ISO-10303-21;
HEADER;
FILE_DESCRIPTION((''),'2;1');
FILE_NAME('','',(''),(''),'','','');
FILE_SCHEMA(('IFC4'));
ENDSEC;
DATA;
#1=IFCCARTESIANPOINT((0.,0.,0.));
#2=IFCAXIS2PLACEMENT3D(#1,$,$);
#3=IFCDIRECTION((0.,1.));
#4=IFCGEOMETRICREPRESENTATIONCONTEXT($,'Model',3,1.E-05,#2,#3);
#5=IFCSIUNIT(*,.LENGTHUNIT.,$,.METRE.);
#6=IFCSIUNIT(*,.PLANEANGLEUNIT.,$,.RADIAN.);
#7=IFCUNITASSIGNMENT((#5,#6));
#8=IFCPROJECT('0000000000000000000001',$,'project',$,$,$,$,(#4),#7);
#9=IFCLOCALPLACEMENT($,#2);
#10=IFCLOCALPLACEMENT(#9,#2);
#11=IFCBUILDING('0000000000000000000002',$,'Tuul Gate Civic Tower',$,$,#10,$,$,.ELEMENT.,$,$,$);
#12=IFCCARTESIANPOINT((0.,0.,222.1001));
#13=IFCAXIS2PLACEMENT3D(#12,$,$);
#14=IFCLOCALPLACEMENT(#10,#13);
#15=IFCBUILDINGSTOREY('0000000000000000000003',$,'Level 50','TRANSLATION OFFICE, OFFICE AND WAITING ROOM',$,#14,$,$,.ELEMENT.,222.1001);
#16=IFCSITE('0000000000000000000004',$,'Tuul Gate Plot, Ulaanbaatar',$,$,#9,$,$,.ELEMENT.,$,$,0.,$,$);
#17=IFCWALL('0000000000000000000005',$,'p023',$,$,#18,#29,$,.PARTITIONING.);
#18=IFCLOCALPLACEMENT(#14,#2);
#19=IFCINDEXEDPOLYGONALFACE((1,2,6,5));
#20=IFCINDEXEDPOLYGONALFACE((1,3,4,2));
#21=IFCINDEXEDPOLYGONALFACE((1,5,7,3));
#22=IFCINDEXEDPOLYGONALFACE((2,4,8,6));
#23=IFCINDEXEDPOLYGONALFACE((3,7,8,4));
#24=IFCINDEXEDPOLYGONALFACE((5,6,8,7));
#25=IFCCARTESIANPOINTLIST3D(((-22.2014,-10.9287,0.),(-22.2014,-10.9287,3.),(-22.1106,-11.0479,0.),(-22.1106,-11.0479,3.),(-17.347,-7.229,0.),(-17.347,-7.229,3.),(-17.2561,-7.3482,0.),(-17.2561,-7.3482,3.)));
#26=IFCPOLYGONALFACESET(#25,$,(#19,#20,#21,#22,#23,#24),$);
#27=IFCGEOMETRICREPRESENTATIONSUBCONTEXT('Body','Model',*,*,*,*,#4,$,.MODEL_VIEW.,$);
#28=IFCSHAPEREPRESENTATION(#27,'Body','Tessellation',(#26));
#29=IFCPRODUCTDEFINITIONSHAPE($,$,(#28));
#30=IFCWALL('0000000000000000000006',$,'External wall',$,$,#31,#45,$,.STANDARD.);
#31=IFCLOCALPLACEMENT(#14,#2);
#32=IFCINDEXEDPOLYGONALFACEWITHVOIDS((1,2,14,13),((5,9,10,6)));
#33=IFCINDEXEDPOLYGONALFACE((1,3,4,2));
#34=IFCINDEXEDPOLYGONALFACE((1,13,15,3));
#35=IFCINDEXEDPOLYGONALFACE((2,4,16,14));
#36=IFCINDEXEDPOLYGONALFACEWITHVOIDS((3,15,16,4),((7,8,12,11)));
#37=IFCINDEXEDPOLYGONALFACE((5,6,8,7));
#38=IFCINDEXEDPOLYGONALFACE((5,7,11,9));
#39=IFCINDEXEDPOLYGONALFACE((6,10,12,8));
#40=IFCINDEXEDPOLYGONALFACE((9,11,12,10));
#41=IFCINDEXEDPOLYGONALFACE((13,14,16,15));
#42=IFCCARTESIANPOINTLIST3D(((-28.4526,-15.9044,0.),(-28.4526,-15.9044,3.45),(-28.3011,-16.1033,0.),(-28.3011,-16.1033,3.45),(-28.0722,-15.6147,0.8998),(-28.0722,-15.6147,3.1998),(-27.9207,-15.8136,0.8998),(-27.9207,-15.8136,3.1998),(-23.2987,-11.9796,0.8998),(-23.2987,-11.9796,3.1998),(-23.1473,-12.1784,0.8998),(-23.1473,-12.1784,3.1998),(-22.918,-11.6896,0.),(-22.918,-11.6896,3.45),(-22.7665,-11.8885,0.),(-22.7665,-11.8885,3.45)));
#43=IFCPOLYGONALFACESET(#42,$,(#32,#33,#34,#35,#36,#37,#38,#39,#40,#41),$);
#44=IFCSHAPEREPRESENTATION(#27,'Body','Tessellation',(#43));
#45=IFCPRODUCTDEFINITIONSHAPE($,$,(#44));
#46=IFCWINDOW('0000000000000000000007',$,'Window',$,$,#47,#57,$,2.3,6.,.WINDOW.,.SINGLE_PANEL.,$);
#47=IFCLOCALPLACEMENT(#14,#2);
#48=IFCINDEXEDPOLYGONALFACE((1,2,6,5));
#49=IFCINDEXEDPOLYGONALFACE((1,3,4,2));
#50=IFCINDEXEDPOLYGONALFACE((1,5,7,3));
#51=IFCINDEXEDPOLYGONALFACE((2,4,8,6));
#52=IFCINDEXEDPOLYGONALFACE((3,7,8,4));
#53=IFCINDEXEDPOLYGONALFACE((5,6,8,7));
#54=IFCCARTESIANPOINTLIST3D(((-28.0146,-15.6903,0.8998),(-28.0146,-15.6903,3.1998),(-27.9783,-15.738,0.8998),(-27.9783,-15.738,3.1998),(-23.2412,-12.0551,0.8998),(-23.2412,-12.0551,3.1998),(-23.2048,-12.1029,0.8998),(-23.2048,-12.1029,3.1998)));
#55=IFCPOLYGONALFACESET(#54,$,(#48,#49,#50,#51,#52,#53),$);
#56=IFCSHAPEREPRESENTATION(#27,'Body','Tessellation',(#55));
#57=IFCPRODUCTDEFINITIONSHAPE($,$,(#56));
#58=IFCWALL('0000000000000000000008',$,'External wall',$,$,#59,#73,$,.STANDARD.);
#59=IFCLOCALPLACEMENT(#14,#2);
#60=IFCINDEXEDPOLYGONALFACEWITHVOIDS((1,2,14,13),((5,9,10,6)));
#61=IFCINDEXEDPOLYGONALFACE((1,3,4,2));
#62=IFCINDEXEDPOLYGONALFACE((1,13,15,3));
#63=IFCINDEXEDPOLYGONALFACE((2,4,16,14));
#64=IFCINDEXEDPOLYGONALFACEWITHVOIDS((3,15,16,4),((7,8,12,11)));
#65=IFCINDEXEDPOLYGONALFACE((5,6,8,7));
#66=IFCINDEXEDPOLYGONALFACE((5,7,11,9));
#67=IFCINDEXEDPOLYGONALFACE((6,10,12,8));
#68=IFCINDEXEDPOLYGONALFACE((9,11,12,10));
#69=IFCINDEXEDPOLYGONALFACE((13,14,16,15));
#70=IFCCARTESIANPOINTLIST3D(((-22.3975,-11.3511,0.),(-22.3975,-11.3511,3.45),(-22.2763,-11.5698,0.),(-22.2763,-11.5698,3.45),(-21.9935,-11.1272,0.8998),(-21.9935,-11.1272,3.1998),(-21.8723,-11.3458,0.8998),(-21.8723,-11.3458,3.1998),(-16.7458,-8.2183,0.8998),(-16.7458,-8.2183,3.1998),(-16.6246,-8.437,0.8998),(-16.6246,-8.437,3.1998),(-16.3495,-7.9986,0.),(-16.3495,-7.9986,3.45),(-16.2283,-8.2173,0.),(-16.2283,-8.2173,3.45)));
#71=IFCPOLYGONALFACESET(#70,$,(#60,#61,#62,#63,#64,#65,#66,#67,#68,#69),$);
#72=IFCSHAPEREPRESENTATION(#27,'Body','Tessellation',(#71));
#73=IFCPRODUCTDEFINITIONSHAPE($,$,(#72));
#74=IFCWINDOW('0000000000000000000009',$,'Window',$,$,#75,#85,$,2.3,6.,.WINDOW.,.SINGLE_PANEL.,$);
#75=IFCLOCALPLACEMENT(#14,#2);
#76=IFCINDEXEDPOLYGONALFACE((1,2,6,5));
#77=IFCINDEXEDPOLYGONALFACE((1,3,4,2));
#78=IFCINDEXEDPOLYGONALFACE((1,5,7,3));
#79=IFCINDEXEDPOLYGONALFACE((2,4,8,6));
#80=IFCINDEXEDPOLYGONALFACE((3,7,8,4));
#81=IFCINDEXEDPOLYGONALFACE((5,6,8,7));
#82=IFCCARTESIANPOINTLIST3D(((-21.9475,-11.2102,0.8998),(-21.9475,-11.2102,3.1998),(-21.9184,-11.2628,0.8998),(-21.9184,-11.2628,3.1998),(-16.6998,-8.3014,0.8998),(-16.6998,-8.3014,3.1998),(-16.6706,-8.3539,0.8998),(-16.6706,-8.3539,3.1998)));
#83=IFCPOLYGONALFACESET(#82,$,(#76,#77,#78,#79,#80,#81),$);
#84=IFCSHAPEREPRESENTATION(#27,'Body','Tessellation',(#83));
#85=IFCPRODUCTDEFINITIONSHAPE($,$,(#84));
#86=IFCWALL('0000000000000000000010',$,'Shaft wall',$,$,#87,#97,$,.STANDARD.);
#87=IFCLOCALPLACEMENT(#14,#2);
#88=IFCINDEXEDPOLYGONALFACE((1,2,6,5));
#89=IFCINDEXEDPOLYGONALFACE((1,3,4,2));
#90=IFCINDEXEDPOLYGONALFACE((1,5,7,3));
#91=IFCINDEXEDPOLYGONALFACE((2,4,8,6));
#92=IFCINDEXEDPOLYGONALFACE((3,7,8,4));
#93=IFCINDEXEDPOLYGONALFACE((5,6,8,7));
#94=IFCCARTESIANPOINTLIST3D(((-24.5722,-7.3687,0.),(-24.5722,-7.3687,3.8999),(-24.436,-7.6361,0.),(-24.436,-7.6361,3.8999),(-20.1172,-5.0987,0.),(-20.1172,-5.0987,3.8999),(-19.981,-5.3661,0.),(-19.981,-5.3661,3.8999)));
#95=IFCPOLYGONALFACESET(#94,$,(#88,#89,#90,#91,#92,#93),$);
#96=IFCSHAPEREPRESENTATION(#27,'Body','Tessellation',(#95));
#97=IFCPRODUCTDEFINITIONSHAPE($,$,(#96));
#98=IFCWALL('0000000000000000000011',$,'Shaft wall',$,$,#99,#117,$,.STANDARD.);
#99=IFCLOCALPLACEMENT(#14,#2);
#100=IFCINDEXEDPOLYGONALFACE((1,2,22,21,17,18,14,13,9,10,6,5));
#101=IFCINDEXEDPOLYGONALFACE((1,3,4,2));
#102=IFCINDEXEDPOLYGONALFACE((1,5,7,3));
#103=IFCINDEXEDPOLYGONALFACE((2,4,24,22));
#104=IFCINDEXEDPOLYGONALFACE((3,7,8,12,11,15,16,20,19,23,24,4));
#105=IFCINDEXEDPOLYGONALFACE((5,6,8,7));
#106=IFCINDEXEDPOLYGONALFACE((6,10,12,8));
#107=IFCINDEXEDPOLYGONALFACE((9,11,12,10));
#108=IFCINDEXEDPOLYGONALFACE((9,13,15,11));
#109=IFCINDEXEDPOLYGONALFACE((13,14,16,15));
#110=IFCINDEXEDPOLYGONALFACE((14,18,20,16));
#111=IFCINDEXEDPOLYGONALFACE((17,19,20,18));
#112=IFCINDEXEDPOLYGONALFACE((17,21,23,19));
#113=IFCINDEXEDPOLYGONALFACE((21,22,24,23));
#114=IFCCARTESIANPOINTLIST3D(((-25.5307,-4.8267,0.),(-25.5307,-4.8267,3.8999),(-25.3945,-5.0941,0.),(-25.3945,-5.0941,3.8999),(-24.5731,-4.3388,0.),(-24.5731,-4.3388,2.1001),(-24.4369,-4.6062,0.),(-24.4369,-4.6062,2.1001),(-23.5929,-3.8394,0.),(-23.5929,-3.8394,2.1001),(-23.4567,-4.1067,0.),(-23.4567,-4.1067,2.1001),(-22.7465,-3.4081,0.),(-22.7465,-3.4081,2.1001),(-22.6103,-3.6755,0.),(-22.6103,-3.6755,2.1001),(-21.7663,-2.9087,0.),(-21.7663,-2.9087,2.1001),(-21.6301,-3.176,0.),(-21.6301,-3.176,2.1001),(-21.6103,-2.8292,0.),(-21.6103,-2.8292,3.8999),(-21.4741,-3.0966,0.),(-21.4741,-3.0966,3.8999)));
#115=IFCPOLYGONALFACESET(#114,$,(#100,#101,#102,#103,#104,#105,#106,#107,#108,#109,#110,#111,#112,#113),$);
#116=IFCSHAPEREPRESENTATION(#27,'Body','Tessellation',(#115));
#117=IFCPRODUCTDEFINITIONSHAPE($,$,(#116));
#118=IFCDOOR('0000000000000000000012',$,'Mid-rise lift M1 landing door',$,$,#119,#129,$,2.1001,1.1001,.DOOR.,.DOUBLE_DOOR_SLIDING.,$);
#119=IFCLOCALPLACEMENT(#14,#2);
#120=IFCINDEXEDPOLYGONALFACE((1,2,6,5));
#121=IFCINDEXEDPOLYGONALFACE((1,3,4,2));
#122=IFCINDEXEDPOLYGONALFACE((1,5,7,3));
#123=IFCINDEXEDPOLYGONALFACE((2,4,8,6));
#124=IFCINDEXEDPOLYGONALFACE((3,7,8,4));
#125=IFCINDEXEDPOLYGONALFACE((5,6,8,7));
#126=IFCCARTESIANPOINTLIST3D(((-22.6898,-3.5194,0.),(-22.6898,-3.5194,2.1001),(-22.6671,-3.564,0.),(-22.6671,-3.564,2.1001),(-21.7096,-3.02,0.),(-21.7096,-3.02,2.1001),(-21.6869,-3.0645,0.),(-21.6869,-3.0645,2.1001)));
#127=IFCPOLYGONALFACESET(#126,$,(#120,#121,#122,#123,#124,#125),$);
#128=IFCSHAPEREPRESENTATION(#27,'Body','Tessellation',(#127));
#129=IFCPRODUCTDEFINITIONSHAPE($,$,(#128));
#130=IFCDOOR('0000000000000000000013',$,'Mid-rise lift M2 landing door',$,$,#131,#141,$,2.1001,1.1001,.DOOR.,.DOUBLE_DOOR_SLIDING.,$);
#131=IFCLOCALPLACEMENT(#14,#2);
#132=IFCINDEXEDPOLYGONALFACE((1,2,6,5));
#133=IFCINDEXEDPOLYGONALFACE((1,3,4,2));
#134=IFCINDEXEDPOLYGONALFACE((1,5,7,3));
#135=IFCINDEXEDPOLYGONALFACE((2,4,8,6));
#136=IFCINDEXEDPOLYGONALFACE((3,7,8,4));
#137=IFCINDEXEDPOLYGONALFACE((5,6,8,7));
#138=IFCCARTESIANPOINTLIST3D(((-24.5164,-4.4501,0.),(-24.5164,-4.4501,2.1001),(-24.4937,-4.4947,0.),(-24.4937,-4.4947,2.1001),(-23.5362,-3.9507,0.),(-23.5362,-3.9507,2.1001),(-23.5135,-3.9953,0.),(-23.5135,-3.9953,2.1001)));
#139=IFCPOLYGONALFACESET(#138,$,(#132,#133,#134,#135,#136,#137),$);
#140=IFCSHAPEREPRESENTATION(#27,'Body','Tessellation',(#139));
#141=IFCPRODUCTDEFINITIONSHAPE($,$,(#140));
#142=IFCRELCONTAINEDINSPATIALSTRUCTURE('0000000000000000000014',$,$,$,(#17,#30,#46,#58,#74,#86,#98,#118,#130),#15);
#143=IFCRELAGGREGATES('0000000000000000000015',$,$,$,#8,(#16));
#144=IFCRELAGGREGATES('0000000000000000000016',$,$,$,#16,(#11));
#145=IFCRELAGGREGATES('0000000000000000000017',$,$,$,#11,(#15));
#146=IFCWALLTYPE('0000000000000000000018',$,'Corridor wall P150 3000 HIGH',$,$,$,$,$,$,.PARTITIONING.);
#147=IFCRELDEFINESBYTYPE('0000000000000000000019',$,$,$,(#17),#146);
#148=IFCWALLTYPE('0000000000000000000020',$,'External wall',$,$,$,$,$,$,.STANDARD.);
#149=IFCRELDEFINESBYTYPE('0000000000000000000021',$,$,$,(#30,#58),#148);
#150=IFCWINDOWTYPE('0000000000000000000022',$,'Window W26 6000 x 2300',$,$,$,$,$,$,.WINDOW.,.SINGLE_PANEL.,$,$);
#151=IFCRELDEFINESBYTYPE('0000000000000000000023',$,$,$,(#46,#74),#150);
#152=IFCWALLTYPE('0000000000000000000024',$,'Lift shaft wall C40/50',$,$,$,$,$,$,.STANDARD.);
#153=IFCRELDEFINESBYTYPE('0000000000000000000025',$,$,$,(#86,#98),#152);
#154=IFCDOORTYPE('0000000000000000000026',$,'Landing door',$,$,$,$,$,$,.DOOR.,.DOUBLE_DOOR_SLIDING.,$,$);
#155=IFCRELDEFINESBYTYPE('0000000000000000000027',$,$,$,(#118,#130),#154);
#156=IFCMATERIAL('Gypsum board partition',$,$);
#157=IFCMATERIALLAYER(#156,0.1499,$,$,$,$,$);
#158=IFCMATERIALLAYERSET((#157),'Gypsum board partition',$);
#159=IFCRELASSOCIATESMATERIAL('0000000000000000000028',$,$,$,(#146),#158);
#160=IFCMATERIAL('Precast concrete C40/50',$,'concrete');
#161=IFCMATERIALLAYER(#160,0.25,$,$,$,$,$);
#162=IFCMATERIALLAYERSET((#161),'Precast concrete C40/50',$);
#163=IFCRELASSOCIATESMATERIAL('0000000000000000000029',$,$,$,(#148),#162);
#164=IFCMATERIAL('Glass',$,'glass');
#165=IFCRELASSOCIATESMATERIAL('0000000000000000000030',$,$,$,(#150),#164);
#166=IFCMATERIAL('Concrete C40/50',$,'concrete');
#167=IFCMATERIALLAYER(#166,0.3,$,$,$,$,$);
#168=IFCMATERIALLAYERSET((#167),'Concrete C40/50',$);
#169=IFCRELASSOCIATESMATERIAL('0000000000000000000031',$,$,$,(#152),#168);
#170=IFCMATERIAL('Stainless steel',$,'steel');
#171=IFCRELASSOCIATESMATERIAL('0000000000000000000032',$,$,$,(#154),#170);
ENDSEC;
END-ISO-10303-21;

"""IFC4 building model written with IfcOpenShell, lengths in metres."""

from ifc_helpers import new_model, si_unit, direction, frame, frame_2d, origin, place, context, subcontext, project, spatial, rectangle, extrude, material, layer, layer_set, type_object, element, fill, save


model = new_model("IFC4")

# Units and contexts
model_context = context("Model", 3, precision=1e-05, world=origin(), true_north=direction((0.0, 1.0)))
body_context = subcontext(model_context, "Body", "Model", "MODEL_VIEW")
ifc_project = project(units=[si_unit("LENGTHUNIT", "METRE"), si_unit("PLANEANGLEUNIT", "RADIAN")], contexts=[model_context])

# Site, building, storey
site_placement = place(None, origin())
site = spatial("IfcSite", under=ifc_project, at=site_placement, Name="Tuul Gate Plot, Ulaanbaatar", CompositionType="ELEMENT", RefElevation=0.0)
building_placement = place(site_placement, origin())
building = spatial("IfcBuilding", under=site, at=building_placement, Name="Tuul Gate Civic Tower", CompositionType="ELEMENT")
storey_placement = place(building_placement, frame((0.0, 0.0, 222.1001)))
storey = spatial("IfcBuildingStorey", under=building, at=storey_placement, Name="Level 50", Description="TRANSLATION OFFICE, OFFICE AND WAITING ROOM", CompositionType="ELEMENT", Elevation=222.1001)

# Wall
ifc_material_1 = material(Name="Gypsum board partition")
ifc_layer_1 = layer(ifc_material_1, 0.1499)
ifc_layer_set_1 = layer_set([ifc_layer_1], Name="Gypsum board partition")
wall_type_1 = type_object("IfcWallType", Name="Corridor wall P150 3000 HIGH", PredefinedType="PARTITIONING", material=ifc_layer_set_1)
wall_1_placement = place(storey_placement, frame((-22.156, -10.9883, 0.0), z_axis=(0.0, 0.0, 1.0), x_axis=(0.795349, 0.606152, 0.0)))
element("IfcWall", 1, at=wall_1_placement, inside=storey, type_object=wall_type_1, Name="p023", PredefinedType="PARTITIONING", context=body_context, shape_type="SweptSolid", body=[
    extrude(rectangle(XDim=6.1035, YDim=0.1499, at=frame_2d((3.0518, 0.0))), origin(), (0.0, 0.0, 1.0), 3.0),
])

# Walls, openings, windows
ifc_material_2 = material(Name="Precast concrete C40/50", Category="concrete")
ifc_layer_2 = layer(ifc_material_2, 0.25)
ifc_layer_set_2 = layer_set([ifc_layer_2], Name="Precast concrete C40/50")
wall_type_2 = type_object("IfcWallType", Name="External wall", PredefinedType="STANDARD", material=ifc_layer_set_2)
wall_2_placement = place(storey_placement, frame((-28.377, -16.0039, 0.0), z_axis=(0.0, 0.0, 1.0), x_axis=(0.795573, 0.605857, 0.0)))
wall_2 = element("IfcWall", 2, at=wall_2_placement, inside=storey, type_object=wall_type_2, Name="External wall", PredefinedType="STANDARD", context=body_context, shape_type="SweptSolid", body=[
    extrude(rectangle(XDim=6.9568, YDim=0.25, at=frame_2d((3.4785, 0.0))), origin(), (0.0, 0.0, 1.0), 3.45),
])
opening_1_placement = place(wall_2_placement, frame((0.4783, 0.0, 0.8999)))
opening_1 = element("IfcOpeningElement", 3, at=opening_1_placement, cuts=wall_2, PredefinedType="OPENING", context=body_context, shape_type="SweptSolid", body=[
    extrude(rectangle(XDim=6.0, YDim=2.3, at=frame_2d((3.0, 1.1499))), frame((0.0, 0.135, 0.0), z_axis=(0.0, -1.0, 0.0), x_axis=(1.0, 0.0, 0.0)), (0.0, 0.0, 1.0), 0.27),
])
ifc_material_3 = material(Name="Glass", Category="glass")
window_type = type_object("IfcWindowType", Name="Window W26 6000 x 2300", PartitioningType="SINGLE_PANEL", PredefinedType="WINDOW", material=ifc_material_3)
window_1_placement = place(opening_1_placement, origin())
window_1 = element("IfcWindow", 4, at=window_1_placement, inside=storey, type_object=window_type, Name="Window", OverallHeight=2.3, OverallWidth=6.0, PartitioningType="SINGLE_PANEL", PredefinedType="WINDOW", context=body_context, shape_type="SweptSolid", body=[
    extrude(rectangle(XDim=6.0, YDim=2.3, at=frame_2d((3.0, 1.1499))), frame((0.0, 0.03, 0.0), z_axis=(0.0, -1.0, 0.0), x_axis=(1.0, 0.0, 0.0)), (0.0, 0.0, 1.0), 0.0601),
])
fill(opening_1, window_1)
wall_3_placement = place(storey_placement, frame((-22.3369, -11.4604, 0.0), z_axis=(0.0, 0.0, 1.0), x_axis=(0.874618, 0.484812, 0.0)))
wall_3 = element("IfcWall", 5, at=wall_3_placement, inside=storey, type_object=wall_type_2, Name="External wall", PredefinedType="STANDARD", context=body_context, shape_type="SweptSolid", body=[
    extrude(rectangle(XDim=6.915, YDim=0.25, at=frame_2d((3.4575, 0.0))), origin(), (0.0, 0.0, 1.0), 3.45),
])
opening_2_placement = place(wall_3_placement, frame((0.4619, 0.0, 0.8999)))
opening_2 = element("IfcOpeningElement", 6, at=opening_2_placement, cuts=wall_3, PredefinedType="OPENING", context=body_context, shape_type="SweptSolid", body=[
    extrude(rectangle(XDim=6.0, YDim=2.3, at=frame_2d((3.0, 1.1499))), frame((0.0, 0.135, 0.0), z_axis=(0.0, -1.0, 0.0), x_axis=(1.0, 0.0, 0.0)), (0.0, 0.0, 1.0), 0.27),
])
window_2_placement = place(opening_2_placement, origin())
window_2 = element("IfcWindow", 7, at=window_2_placement, inside=storey, type_object=window_type, Name="Window", OverallHeight=2.3, OverallWidth=6.0, PartitioningType="SINGLE_PANEL", PredefinedType="WINDOW", context=body_context, shape_type="SweptSolid", body=[
    extrude(rectangle(XDim=6.0, YDim=2.3, at=frame_2d((3.0, 1.1499))), frame((0.0, 0.03, 0.0), z_axis=(0.0, -1.0, 0.0), x_axis=(1.0, 0.0, 0.0)), (0.0, 0.0, 1.0), 0.0601),
])
fill(opening_2, window_2)

# Wall
ifc_material_4 = material(Name="Concrete C40/50", Category="concrete")
ifc_layer_3 = layer(ifc_material_4, 0.3)
ifc_layer_set_3 = layer_set([ifc_layer_3], Name="Concrete C40/50")
wall_type_3 = type_object("IfcWallType", Name="Lift shaft wall C40/50", PredefinedType="STANDARD", material=ifc_layer_set_3)
wall_4_placement = place(storey_placement, frame((-20.0491, -5.2324, 0.0), z_axis=(0.0, 0.0, 1.0), x_axis=(-0.891003, -0.453997, 0.0)))
element("IfcWall", 8, at=wall_4_placement, inside=storey, type_object=wall_type_3, Name="Shaft wall", PredefinedType="STANDARD", context=body_context, shape_type="SweptSolid", body=[
    extrude(rectangle(XDim=5.0, YDim=0.3, at=frame_2d((2.5, 0.0))), origin(), (0.0, 0.0, 1.0), 3.8999),
])

# Wall, openings, doors
wall_5_placement = place(storey_placement, frame((-21.5422, -2.9629, 0.0), z_axis=(0.0, 0.0, 1.0), x_axis=(-0.891006, -0.453992, 0.0)))
wall_5 = element("IfcWall", 9, at=wall_5_placement, inside=storey, type_object=wall_type_3, Name="Shaft wall", PredefinedType="STANDARD", context=body_context, shape_type="SweptSolid", body=[
    extrude(rectangle(XDim=4.3999, YDim=0.3, at=frame_2d((2.2, 0.0))), origin(), (0.0, 0.0, 1.0), 3.8999),
])
opening_3_placement = place(wall_5_placement, frame((0.175, 0.0, 0.0)))
opening_3 = element("IfcOpeningElement", 10, at=opening_3_placement, cuts=wall_5, PredefinedType="OPENING", context=body_context, shape_type="SweptSolid", body=[
    extrude(rectangle(XDim=1.1001, YDim=2.1001, at=frame_2d((0.55, 1.05))), frame((0.0, 0.1602, 0.0), z_axis=(0.0, -1.0, 0.0), x_axis=(1.0, 0.0, 0.0)), (0.0, 0.0, 1.0), 0.3201),
])
opening_4_placement = place(wall_5_placement, frame((2.2251, 0.0, 0.0)))
opening_4 = element("IfcOpeningElement", 11, at=opening_4_placement, cuts=wall_5, PredefinedType="OPENING", context=body_context, shape_type="SweptSolid", body=[
    extrude(rectangle(XDim=1.1001, YDim=2.1001, at=frame_2d((0.55, 1.05))), frame((0.0, 0.1602, 0.0), z_axis=(0.0, -1.0, 0.0), x_axis=(1.0, 0.0, 0.0)), (0.0, 0.0, 1.0), 0.3201),
])
ifc_material_5 = material(Name="Stainless steel", Category="steel")
door_type_1 = type_object("IfcDoorType", Name="Landing door", OperationType="DOUBLE_DOOR_SLIDING", PredefinedType="DOOR", material=ifc_material_5)
door_1_placement = place(opening_3_placement, origin())
door_1 = element("IfcDoor", 12, at=door_1_placement, inside=storey, type_object=door_type_1, Name="Mid-rise lift M1 landing door", OperationType="DOUBLE_DOOR_SLIDING", OverallHeight=2.1001, OverallWidth=1.1001, PredefinedType="DOOR", context=body_context, shape_type="SweptSolid", body=[
    extrude(rectangle(XDim=1.1001, YDim=2.1001, at=frame_2d((0.55, 1.05))), frame((0.0, 0.0249, 0.0), z_axis=(0.0, -1.0, 0.0), x_axis=(1.0, 0.0, 0.0)), (0.0, 0.0, 1.0), 0.05),
])
fill(opening_3, door_1)
door_2_placement = place(opening_4_placement, origin())
door_2 = element("IfcDoor", 13, at=door_2_placement, inside=storey, type_object=door_type_1, Name="Mid-rise lift M2 landing door", OperationType="DOUBLE_DOOR_SLIDING", OverallHeight=2.1001, OverallWidth=1.1001, PredefinedType="DOOR", context=body_context, shape_type="SweptSolid", body=[
    extrude(rectangle(XDim=1.1001, YDim=2.1001, at=frame_2d((0.55, 1.05))), frame((0.0, 0.0249, 0.0), z_axis=(0.0, -1.0, 0.0), x_axis=(1.0, 0.0, 0.0)), (0.0, 0.0, 1.0), 0.05),
])
fill(opening_4, door_2)

save(model, "model.ifc")
